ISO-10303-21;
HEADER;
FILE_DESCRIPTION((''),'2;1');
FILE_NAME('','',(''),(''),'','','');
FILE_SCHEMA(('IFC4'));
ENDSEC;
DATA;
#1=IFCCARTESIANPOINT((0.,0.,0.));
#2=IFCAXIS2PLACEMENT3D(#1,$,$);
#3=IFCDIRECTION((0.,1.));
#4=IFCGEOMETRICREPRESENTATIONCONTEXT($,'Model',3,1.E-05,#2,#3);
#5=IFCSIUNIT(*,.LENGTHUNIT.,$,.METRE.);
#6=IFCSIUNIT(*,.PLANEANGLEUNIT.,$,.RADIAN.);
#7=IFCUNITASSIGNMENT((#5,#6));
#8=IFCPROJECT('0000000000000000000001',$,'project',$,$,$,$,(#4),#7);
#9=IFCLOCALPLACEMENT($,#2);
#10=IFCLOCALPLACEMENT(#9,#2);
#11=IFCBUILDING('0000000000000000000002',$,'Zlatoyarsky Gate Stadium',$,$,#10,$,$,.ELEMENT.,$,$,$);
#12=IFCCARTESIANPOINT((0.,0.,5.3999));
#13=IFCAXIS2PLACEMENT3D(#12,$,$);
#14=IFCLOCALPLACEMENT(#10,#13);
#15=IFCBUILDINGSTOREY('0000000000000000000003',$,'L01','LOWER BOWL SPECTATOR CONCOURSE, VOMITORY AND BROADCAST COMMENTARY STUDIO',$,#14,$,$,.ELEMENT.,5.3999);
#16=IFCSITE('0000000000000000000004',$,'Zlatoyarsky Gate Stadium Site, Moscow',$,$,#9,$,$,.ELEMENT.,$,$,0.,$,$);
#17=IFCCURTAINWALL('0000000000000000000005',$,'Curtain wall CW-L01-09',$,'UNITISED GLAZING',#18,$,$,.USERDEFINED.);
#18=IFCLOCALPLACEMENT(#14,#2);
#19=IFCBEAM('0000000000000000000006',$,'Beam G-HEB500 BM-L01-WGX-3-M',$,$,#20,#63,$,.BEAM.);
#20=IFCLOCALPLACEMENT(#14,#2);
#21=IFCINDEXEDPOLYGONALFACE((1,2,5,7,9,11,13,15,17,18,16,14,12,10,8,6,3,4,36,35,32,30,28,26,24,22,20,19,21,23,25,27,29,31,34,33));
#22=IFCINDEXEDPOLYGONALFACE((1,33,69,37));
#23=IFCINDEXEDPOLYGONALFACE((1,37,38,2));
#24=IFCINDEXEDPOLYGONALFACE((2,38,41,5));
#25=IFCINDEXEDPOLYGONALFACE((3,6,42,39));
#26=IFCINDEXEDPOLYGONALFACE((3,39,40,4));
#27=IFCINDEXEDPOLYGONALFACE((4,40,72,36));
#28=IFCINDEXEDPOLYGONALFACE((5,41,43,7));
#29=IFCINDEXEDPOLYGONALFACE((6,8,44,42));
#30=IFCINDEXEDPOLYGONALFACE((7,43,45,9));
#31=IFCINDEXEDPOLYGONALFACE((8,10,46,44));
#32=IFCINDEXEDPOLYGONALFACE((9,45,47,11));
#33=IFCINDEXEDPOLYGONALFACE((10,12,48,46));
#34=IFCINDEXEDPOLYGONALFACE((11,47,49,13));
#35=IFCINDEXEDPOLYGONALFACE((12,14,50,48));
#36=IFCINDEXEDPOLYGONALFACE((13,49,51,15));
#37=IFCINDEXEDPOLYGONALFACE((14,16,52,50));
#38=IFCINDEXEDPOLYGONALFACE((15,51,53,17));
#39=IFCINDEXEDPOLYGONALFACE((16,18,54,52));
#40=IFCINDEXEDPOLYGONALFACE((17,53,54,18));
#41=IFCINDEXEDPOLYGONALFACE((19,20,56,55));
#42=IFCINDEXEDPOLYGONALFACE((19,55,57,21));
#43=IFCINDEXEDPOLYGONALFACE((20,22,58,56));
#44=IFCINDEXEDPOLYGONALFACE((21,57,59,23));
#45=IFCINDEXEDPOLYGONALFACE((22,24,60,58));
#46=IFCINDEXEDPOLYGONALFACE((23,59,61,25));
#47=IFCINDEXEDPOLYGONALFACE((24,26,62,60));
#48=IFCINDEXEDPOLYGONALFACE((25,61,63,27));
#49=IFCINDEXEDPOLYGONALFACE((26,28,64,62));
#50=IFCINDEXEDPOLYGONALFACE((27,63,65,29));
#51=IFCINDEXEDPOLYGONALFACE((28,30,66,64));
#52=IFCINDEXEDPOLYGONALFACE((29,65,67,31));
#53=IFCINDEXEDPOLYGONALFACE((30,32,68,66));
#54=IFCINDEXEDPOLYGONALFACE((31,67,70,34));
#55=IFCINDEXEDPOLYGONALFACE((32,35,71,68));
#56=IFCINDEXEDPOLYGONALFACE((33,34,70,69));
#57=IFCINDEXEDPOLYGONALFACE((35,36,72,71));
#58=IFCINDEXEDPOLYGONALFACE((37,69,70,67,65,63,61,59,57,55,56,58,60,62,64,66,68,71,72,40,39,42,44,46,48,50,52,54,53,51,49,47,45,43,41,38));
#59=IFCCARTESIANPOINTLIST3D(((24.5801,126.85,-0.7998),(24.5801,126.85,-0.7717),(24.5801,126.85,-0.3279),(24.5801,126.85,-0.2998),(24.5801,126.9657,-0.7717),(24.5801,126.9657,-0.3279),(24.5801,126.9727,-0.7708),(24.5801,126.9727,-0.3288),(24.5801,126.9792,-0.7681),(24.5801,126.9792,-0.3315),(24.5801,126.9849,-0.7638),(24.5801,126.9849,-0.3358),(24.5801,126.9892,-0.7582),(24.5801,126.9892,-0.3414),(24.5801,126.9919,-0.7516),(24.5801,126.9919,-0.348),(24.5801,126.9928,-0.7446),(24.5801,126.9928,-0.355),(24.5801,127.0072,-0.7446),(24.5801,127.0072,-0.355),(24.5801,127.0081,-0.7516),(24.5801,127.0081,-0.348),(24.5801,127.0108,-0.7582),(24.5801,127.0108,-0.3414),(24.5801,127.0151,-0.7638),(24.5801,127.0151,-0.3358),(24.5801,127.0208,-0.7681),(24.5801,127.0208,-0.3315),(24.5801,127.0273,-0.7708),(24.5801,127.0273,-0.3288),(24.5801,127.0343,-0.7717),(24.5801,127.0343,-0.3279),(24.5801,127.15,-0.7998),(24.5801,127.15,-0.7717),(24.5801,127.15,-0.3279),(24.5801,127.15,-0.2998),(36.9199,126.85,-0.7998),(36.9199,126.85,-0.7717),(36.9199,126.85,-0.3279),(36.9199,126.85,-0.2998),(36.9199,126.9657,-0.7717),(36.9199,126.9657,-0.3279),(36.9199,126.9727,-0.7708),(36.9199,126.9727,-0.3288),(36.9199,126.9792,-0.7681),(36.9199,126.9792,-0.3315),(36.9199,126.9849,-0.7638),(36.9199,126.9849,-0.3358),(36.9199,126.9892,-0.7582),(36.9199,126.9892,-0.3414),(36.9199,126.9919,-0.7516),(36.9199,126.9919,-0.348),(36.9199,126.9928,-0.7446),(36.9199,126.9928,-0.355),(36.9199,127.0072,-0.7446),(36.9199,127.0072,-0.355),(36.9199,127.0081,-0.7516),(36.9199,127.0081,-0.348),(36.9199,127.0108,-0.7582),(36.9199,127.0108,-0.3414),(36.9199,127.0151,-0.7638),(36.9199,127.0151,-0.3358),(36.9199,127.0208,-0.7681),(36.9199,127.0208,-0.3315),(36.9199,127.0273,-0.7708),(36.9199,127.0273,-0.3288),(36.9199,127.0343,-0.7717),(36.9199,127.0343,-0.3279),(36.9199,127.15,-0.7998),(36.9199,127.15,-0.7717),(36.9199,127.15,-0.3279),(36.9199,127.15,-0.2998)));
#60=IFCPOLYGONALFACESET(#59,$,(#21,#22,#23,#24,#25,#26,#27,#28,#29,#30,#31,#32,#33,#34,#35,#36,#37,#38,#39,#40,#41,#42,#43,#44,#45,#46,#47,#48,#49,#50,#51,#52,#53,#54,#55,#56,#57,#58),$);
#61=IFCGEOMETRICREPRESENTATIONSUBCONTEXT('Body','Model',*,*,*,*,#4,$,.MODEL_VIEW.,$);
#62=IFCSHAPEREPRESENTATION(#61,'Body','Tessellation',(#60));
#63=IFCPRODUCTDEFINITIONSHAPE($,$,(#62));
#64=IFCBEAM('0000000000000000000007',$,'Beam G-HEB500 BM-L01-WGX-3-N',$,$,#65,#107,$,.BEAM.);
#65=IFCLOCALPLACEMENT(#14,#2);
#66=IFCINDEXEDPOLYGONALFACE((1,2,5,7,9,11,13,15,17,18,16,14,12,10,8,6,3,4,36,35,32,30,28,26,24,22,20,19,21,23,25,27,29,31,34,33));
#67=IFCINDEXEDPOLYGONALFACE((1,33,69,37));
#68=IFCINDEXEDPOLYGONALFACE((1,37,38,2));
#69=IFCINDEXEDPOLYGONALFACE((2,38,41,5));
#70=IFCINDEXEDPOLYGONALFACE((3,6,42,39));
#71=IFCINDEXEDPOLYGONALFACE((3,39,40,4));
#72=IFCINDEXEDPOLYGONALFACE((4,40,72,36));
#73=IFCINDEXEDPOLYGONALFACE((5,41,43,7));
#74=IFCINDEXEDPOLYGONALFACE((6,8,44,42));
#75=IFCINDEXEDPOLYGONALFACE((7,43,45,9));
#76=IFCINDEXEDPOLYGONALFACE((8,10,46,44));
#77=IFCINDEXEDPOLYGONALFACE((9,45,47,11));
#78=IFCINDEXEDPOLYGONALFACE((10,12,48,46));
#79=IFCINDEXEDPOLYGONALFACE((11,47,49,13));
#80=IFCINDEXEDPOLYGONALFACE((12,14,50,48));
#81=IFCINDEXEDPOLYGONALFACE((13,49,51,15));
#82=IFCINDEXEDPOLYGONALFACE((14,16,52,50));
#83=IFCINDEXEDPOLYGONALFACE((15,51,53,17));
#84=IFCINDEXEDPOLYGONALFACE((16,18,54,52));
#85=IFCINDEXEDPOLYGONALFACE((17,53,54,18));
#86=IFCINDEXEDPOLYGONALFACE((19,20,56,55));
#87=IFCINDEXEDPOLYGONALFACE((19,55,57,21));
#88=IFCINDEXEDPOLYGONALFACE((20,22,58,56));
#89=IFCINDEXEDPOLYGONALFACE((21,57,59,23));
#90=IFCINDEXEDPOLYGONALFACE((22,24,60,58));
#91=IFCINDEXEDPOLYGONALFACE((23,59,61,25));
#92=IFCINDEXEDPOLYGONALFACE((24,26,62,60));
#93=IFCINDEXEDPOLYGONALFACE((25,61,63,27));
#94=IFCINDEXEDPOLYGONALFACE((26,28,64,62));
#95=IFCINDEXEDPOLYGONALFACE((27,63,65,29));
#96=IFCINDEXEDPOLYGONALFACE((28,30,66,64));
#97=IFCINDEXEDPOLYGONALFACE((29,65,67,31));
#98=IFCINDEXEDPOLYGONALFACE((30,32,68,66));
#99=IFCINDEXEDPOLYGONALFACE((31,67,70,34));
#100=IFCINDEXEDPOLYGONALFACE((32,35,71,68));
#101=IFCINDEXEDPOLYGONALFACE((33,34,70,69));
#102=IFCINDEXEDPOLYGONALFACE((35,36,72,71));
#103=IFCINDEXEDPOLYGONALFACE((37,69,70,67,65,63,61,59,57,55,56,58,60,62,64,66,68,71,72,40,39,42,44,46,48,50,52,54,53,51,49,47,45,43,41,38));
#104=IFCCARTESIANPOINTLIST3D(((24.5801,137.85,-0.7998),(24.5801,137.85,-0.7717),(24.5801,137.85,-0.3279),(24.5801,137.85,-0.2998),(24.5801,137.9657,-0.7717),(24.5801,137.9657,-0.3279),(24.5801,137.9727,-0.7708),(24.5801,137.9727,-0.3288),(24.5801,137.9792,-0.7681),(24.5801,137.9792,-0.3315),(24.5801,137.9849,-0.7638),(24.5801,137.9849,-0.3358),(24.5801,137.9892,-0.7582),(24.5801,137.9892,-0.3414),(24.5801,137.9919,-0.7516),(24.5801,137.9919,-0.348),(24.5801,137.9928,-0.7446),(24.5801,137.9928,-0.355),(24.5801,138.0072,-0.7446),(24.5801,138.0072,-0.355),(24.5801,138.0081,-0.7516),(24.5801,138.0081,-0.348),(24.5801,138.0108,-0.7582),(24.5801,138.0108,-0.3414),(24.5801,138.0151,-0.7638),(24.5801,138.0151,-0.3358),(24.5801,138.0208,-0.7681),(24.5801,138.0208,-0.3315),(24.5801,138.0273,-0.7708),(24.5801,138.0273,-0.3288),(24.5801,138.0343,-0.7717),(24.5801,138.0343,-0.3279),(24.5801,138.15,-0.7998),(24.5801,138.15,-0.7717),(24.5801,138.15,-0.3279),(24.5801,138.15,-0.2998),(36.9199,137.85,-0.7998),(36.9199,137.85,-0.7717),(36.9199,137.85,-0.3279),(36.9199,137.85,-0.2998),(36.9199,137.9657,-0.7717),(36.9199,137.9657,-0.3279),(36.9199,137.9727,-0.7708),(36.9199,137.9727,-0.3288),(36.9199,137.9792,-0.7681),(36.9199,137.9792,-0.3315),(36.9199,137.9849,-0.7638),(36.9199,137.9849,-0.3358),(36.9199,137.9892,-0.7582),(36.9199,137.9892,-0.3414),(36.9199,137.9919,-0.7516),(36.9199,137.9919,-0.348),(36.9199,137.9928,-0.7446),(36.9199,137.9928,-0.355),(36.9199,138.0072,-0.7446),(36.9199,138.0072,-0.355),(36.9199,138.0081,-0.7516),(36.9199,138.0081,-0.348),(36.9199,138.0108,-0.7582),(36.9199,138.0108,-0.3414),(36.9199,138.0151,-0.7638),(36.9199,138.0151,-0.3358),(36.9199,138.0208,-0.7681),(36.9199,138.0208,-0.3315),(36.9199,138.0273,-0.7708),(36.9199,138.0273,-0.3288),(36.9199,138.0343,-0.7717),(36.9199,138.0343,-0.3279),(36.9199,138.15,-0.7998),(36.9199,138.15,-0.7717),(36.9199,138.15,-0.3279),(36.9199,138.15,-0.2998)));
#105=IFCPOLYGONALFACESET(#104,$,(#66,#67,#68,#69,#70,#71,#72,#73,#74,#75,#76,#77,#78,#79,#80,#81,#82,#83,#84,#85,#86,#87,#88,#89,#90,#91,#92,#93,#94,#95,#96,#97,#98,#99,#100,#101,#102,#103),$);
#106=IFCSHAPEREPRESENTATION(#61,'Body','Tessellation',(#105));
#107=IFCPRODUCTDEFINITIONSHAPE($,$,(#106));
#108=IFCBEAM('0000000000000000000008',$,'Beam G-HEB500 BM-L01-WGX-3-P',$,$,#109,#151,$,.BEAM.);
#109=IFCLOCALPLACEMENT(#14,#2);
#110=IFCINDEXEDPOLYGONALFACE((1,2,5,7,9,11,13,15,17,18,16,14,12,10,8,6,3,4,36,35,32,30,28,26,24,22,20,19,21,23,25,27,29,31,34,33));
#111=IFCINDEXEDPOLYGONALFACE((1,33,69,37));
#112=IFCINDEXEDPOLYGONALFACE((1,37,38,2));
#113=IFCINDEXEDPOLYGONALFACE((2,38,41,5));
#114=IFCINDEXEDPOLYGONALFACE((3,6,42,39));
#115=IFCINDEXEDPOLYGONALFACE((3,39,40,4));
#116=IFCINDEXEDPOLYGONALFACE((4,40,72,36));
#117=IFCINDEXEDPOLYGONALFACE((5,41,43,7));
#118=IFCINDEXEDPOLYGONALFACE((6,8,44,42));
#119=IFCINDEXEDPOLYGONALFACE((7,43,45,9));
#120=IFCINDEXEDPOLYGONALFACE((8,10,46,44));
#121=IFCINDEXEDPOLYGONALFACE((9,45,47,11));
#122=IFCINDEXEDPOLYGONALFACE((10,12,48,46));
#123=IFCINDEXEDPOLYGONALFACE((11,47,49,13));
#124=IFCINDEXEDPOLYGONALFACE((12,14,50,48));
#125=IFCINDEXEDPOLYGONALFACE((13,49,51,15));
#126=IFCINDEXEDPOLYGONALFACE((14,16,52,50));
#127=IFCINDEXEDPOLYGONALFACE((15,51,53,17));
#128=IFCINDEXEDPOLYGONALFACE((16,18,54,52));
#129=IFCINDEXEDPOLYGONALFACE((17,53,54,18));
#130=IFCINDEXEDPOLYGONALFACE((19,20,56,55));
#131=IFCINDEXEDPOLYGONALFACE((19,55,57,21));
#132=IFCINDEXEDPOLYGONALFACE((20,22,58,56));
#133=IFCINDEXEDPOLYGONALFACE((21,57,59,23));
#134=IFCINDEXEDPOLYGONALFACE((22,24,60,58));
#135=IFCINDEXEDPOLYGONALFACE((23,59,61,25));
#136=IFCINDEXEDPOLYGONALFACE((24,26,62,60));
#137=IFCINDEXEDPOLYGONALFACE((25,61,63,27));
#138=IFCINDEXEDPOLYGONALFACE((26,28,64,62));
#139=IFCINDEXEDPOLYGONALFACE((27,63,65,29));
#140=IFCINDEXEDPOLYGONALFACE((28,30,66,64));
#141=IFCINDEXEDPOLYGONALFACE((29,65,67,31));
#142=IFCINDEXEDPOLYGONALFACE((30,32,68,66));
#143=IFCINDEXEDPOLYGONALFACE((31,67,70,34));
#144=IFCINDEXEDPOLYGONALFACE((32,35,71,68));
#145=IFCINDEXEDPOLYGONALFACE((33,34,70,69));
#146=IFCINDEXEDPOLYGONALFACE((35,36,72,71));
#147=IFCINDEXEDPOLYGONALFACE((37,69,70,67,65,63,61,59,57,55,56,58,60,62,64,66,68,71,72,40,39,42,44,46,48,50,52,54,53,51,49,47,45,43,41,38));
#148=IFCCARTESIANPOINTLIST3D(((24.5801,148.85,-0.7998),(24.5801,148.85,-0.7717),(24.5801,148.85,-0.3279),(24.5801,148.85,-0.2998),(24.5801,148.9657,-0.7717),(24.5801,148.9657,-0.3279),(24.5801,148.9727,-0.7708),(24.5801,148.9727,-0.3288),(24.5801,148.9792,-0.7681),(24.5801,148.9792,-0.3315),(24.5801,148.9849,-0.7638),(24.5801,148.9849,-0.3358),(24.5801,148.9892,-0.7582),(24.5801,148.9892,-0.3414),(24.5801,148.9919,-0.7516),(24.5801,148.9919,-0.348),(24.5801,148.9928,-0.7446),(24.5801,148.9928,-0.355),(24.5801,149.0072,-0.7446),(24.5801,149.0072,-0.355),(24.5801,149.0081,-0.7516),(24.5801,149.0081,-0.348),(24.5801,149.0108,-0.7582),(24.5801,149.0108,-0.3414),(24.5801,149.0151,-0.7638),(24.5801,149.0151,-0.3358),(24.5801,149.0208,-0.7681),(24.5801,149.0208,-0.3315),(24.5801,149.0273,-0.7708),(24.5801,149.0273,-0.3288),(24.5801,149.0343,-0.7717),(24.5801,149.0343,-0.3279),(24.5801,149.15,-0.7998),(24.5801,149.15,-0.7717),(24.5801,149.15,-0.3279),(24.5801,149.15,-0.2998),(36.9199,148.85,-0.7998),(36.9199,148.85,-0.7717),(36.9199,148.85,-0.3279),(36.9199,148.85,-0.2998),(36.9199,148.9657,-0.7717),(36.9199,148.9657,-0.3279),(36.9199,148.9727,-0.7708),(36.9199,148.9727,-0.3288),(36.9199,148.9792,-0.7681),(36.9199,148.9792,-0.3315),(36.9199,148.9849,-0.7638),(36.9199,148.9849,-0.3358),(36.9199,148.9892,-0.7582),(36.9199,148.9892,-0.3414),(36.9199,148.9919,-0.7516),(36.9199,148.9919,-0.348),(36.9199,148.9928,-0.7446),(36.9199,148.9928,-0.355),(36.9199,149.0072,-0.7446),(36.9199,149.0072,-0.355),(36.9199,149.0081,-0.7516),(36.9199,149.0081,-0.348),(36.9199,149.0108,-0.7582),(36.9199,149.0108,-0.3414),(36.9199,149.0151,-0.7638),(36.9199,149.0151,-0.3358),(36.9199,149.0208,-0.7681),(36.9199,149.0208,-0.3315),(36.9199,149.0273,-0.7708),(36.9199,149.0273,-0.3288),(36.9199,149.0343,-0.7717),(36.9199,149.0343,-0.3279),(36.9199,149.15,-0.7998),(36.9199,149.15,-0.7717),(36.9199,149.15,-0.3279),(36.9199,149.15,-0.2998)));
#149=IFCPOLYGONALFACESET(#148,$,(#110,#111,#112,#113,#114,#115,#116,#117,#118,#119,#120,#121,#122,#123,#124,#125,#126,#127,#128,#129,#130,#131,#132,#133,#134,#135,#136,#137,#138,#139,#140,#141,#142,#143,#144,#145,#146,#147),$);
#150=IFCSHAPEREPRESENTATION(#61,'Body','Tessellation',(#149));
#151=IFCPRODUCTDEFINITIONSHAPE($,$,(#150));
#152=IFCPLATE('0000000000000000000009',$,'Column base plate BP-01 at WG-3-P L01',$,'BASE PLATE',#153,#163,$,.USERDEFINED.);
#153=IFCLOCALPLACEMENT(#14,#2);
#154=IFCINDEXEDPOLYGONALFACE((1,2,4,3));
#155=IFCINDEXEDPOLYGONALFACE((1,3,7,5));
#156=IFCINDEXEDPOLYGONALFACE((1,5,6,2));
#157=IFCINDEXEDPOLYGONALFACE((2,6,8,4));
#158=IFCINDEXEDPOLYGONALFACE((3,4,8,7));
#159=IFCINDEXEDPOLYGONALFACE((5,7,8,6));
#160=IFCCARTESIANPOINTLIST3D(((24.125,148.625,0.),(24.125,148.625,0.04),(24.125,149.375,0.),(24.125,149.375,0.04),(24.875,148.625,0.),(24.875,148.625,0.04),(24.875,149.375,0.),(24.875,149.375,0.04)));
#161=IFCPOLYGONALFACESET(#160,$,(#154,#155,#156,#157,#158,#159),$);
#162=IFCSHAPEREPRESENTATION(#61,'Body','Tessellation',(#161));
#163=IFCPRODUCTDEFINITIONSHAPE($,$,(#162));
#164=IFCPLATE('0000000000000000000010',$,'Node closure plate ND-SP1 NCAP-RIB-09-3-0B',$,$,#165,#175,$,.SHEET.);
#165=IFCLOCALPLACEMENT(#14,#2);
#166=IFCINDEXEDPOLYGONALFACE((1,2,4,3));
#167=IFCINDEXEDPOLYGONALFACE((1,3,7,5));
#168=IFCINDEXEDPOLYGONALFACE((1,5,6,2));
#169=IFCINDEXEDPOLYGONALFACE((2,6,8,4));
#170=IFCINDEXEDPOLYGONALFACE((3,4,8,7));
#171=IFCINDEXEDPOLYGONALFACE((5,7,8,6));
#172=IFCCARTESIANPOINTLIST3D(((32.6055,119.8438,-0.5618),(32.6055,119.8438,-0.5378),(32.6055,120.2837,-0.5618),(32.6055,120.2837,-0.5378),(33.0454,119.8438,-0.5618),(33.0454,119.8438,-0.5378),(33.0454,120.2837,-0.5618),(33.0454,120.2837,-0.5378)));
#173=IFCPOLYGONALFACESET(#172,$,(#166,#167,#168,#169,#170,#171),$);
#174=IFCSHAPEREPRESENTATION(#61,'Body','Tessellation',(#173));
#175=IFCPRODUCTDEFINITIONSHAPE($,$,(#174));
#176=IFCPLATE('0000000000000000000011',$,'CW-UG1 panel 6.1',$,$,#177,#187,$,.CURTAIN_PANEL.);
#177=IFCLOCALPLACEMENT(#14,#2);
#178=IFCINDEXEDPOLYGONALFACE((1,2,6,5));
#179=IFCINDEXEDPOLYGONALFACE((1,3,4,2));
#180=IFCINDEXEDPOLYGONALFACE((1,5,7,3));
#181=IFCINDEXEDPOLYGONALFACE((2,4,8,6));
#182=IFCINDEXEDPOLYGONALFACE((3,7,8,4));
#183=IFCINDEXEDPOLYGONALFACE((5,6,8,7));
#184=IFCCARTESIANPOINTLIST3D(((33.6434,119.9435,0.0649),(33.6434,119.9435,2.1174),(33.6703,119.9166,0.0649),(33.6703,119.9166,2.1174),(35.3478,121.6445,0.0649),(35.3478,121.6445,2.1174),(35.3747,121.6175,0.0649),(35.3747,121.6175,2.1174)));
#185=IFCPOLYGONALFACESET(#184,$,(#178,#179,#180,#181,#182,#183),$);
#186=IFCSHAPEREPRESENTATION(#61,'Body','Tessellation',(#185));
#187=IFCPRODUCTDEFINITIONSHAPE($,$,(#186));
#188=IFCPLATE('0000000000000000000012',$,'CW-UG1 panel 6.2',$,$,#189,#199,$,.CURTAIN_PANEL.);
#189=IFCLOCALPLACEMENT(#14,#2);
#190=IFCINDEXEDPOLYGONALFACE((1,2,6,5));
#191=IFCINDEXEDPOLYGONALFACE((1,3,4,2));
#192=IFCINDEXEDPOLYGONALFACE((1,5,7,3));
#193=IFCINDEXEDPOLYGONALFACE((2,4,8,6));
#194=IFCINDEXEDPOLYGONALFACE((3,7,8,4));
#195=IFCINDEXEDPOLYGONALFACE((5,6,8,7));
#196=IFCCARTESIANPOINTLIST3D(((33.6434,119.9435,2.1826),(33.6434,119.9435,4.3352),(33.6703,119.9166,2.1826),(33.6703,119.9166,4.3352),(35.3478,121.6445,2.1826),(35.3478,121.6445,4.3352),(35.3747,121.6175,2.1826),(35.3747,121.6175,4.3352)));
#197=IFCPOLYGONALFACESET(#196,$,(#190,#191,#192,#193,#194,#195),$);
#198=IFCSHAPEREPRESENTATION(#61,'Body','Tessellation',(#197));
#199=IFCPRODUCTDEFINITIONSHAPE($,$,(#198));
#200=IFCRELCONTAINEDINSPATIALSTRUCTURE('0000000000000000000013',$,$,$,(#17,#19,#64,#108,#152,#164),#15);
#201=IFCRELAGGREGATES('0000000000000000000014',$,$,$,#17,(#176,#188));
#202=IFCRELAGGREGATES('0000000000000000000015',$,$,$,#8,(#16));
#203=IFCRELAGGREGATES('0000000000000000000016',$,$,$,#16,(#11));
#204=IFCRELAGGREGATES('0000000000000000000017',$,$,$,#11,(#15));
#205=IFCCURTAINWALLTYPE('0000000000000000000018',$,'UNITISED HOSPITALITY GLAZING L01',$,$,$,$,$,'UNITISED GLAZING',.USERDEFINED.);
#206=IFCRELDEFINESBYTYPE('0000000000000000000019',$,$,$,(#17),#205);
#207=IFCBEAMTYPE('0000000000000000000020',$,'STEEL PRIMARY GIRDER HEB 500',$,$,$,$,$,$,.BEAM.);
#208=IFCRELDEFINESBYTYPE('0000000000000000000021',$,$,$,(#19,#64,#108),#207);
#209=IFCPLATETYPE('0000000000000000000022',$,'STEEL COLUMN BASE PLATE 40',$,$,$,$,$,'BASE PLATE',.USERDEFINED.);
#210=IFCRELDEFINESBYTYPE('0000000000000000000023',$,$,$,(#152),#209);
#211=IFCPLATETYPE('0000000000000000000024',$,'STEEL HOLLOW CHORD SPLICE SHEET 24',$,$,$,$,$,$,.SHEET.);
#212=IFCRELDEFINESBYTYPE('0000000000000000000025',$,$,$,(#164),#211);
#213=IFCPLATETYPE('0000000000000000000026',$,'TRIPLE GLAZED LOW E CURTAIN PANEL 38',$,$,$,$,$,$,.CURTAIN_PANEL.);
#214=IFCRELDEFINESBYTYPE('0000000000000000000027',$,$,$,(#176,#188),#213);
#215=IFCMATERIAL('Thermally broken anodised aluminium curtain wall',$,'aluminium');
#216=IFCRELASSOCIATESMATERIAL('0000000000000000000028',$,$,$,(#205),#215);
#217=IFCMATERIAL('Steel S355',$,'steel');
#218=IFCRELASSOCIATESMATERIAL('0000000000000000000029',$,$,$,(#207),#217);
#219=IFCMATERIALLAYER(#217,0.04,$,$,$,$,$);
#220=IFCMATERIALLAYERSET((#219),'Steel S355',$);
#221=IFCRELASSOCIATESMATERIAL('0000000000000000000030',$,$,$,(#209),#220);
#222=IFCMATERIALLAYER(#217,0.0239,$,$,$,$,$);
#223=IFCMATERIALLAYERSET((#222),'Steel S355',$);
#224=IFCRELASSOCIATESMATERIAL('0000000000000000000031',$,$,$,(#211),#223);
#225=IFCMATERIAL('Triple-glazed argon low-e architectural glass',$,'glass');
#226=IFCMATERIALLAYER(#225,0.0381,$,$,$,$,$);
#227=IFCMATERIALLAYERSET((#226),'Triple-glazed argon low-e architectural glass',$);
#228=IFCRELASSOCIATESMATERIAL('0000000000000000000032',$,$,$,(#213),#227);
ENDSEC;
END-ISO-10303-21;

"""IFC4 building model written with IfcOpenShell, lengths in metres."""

from ifc_helpers import new_model, si_unit, direction, frame, origin, origin_2d, place, context, subcontext, project, spatial, rectangle, i_section, extrude, material, layer, layer_set, material_profile, profile_set, type_object, element, aggregate, save


model = new_model("IFC4")

# Units and contexts
model_context = context("Model", 3, precision=1e-05, world=origin(), true_north=direction((0.0, 1.0)))
body_context = subcontext(model_context, "Body", "Model", "MODEL_VIEW")
ifc_project = project(units=[si_unit("LENGTHUNIT", "METRE"), si_unit("PLANEANGLEUNIT", "RADIAN")], contexts=[model_context])

# Site, building, storey
site_placement = place(None, origin())
site = spatial("IfcSite", under=ifc_project, at=site_placement, Name="Zlatoyarsky Gate Stadium Site, Moscow", CompositionType="ELEMENT", RefElevation=0.0)
building_placement = place(site_placement, origin())
building = spatial("IfcBuilding", under=site, at=building_placement, Name="Zlatoyarsky Gate Stadium", CompositionType="ELEMENT")
storey_placement = place(building_placement, frame((0.0, 0.0, 5.3999)))
storey = spatial("IfcBuildingStorey", under=building, at=storey_placement, Name="L01", Description="LOWER BOWL SPECTATOR CONCOURSE, VOMITORY AND BROADCAST COMMENTARY STUDIO", CompositionType="ELEMENT", Elevation=5.3999)

# Shared definitions
ifc_material_1 = material(Name="Steel S355", Category="steel")

# Curtain wall
ifc_material_2 = material(Name="Thermally broken anodised aluminium curtain wall", Category="aluminium")
curtain_wall_type = type_object("IfcCurtainWallType", Name="UNITISED HOSPITALITY GLAZING L01", ElementType="UNITISED GLAZING", PredefinedType="USERDEFINED", material=ifc_material_2)
curtain_wall_placement = place(storey_placement, origin())
curtain_wall = element("IfcCurtainWall", 1, at=curtain_wall_placement, inside=storey, type_object=curtain_wall_type, Name="Curtain wall CW-L01-09", ObjectType="UNITISED GLAZING", PredefinedType="USERDEFINED")

# Beams
ifc_material_profile_1 = material_profile(ifc_material_1, i_section(OverallWidth=0.3, OverallDepth=0.5, WebThickness=0.0144, FlangeThickness=0.0281, FilletRadius=0.0271, at=origin_2d()), Name="HEB 500")
ifc_profile_set_1 = profile_set([ifc_material_profile_1], Name="Steel S355")
beam_type = type_object("IfcBeamType", Name="STEEL PRIMARY GIRDER HEB 500", PredefinedType="BEAM", material=ifc_profile_set_1)
for number, where, z_axis, x_axis, name in (
    (2, (24.5801, 127.0, -0.5498), (1.0, 0.0, 0.0), (0.0, 1.0, 0.0), "Beam G-HEB500 BM-L01-WGX-3-M"),
    (3, (24.5801, 138.0, -0.5498), (1.0, 0.0, 0.0), (0.0, 1.0, 0.0), "Beam G-HEB500 BM-L01-WGX-3-N"),
    (4, (24.5801, 149.0, -0.5498), (1.0, 0.0, 0.0), (0.0, 1.0, 0.0), "Beam G-HEB500 BM-L01-WGX-3-P"),
):
    element("IfcBeam", number, at=place(storey_placement, frame(where, z_axis=z_axis, x_axis=x_axis)), inside=storey, type_object=beam_type, Name=name, PredefinedType="BEAM", context=body_context, shape_type="SweptSolid", body=[
        extrude(i_section(OverallWidth=0.3, OverallDepth=0.5, WebThickness=0.0144, FlangeThickness=0.0281, FilletRadius=0.0271, at=origin_2d()), origin(), (0.0, 0.0, 1.0), 12.3398),
    ])

# Plates
ifc_layer_1 = layer(ifc_material_1, 0.04)
ifc_layer_set_1 = layer_set([ifc_layer_1], Name="Steel S355")
plate_type_1 = type_object("IfcPlateType", Name="STEEL COLUMN BASE PLATE 40", ElementType="BASE PLATE", PredefinedType="USERDEFINED", material=ifc_layer_set_1)
plate_1_placement = place(storey_placement, frame((24.5, 149.0, 0.0), z_axis=(0.0, 0.0, 1.0), x_axis=(1.0, 0.0, 0.0)))
element("IfcPlate", 5, at=plate_1_placement, inside=storey, type_object=plate_type_1, Name="Column base plate BP-01 at WG-3-P L01", ObjectType="BASE PLATE", PredefinedType="USERDEFINED", context=body_context, shape_type="SweptSolid", body=[
    extrude(rectangle(XDim=0.75, YDim=0.75, at=origin_2d()), origin(), (0.0, 0.0, 1.0), 0.04),
])
ifc_layer_2 = layer(ifc_material_1, 0.0239)
ifc_layer_set_2 = layer_set([ifc_layer_2], Name="Steel S355")
plate_type_2 = type_object("IfcPlateType", Name="STEEL HOLLOW CHORD SPLICE SHEET 24", PredefinedType="SHEET", material=ifc_layer_set_2)
plate_2_placement = place(storey_placement, frame((32.8254, 120.0637, -0.5618), z_axis=(0.0, 0.0, 1.0), x_axis=(1.0, 0.0, 0.0)))
element("IfcPlate", 6, at=plate_2_placement, inside=storey, type_object=plate_type_2, Name="Node closure plate ND-SP1 NCAP-RIB-09-3-0B", PredefinedType="SHEET", context=body_context, shape_type="SweptSolid", body=[
    extrude(rectangle(XDim=0.4399, YDim=0.4399, at=origin_2d()), origin(), (0.0, 0.0, 1.0), 0.0239),
])

# Plates
ifc_material_3 = material(Name="Triple-glazed argon low-e architectural glass", Category="glass")
ifc_layer_3 = layer(ifc_material_3, 0.0381)
ifc_layer_set_3 = layer_set([ifc_layer_3], Name="Triple-glazed argon low-e architectural glass")
plate_type_3 = type_object("IfcPlateType", Name="TRIPLE GLAZED LOW E CURTAIN PANEL 38", PredefinedType="CURTAIN_PANEL", material=ifc_layer_set_3)
plate_3_placement = place(storey_placement, frame((34.509, 120.7805, 0.0649), z_axis=(0.0, 0.0, 1.0), x_axis=(-0.707842, -0.706371, 0.0)))
plate_3 = element("IfcPlate", 7, at=plate_3_placement, type_object=plate_type_3, Name="CW-UG1 panel 6.1", PredefinedType="CURTAIN_PANEL", context=body_context, shape_type="SweptSolid", body=[
    extrude(rectangle(XDim=2.408, YDim=0.0381, at=origin_2d()), origin(), (0.0, 0.0, 1.0), 2.0525),
])
plate_4_placement = place(storey_placement, frame((34.509, 120.7805, 2.1826), z_axis=(0.0, 0.0, 1.0), x_axis=(-0.707842, -0.706371, 0.0)))
plate_4 = element("IfcPlate", 8, at=plate_4_placement, type_object=plate_type_3, Name="CW-UG1 panel 6.2", PredefinedType="CURTAIN_PANEL", context=body_context, shape_type="SweptSolid", body=[
    extrude(rectangle(XDim=2.408, YDim=0.0381, at=origin_2d()), origin(), (0.0, 0.0, 1.0), 2.1526),
])
aggregate(curtain_wall, [plate_3, plate_4])

save(model, "model.ifc")
